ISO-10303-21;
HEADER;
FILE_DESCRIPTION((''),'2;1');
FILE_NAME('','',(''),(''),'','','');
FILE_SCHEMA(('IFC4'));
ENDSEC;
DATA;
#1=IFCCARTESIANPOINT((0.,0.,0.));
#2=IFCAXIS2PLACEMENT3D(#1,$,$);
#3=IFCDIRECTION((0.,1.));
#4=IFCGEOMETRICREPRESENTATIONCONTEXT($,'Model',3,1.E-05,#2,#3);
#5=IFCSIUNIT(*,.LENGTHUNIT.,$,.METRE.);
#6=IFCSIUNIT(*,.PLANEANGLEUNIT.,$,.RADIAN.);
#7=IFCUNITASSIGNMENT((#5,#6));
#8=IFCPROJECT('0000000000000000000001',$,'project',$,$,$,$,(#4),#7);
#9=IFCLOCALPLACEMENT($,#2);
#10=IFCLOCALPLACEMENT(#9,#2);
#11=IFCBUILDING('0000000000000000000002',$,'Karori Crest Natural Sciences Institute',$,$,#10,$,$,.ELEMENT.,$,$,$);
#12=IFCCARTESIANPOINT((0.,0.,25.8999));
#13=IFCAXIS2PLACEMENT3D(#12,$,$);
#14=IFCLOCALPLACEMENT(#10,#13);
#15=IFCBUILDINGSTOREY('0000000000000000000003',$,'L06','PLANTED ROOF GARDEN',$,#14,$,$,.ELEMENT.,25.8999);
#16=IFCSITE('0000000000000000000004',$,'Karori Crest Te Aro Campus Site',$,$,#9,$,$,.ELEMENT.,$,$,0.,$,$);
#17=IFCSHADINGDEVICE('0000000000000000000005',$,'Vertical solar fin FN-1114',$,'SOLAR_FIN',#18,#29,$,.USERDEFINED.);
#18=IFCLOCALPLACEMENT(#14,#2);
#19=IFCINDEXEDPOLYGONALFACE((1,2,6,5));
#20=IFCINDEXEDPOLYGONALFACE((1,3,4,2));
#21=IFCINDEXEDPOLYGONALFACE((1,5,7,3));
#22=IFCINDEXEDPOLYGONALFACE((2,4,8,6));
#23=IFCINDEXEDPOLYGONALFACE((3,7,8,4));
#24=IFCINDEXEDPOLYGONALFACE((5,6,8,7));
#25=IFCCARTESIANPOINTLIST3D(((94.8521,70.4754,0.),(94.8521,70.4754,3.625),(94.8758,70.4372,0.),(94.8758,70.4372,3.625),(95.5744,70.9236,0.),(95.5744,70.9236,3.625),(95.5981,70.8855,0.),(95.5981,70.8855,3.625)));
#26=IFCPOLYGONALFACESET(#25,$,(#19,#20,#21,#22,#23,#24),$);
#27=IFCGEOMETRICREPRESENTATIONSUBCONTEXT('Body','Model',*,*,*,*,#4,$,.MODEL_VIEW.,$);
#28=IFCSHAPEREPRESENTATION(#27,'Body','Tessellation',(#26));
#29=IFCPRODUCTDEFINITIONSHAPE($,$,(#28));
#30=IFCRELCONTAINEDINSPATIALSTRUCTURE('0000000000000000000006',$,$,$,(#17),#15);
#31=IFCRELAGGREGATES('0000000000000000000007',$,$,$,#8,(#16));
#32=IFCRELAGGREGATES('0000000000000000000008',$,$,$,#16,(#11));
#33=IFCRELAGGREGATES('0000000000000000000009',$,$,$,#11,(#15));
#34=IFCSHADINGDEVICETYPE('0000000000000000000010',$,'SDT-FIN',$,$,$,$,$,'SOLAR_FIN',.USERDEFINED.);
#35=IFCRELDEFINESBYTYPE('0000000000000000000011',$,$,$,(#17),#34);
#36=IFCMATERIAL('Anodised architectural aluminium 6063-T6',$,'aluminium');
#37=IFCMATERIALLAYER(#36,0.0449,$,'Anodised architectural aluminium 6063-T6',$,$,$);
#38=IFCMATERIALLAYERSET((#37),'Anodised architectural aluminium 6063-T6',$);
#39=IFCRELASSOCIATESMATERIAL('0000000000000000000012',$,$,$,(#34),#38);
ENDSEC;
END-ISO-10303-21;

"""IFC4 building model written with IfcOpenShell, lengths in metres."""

from ifc_helpers import new_model, si_unit, direction, frame, origin, origin_2d, place, context, subcontext, project, spatial, rectangle, extrude, material, layer, layer_set, type_object, element, save


model = new_model("IFC4")

# Units and contexts
model_context = context("Model", 3, precision=1e-05, world=origin(), true_north=direction((0.0, 1.0)))
body_context = subcontext(model_context, "Body", "Model", "MODEL_VIEW")
ifc_project = project(units=[si_unit("LENGTHUNIT", "METRE"), si_unit("PLANEANGLEUNIT", "RADIAN")], contexts=[model_context])

# Site, building, storey
site_placement = place(None, origin())
site = spatial("IfcSite", under=ifc_project, at=site_placement, Name="Karori Crest Te Aro Campus Site", CompositionType="ELEMENT", RefElevation=0.0)
building_placement = place(site_placement, origin())
building = spatial("IfcBuilding", under=site, at=building_placement, Name="Karori Crest Natural Sciences Institute", CompositionType="ELEMENT")
storey_placement = place(building_placement, frame((0.0, 0.0, 25.8999)))
storey = spatial("IfcBuildingStorey", under=building, at=storey_placement, Name="L06", Description="PLANTED ROOF GARDEN", CompositionType="ELEMENT", Elevation=25.8999)

# Shared definitions
ifc_material_1 = material(Name="Anodised architectural aluminium 6063-T6", Category="aluminium")

# Shading device
ifc_layer_1 = layer(ifc_material_1, 0.0449, Name="Anodised architectural aluminium 6063-T6")
ifc_layer_set_1 = layer_set([ifc_layer_1], Name="Anodised architectural aluminium 6063-T6")
shading_device_type = type_object("IfcShadingDeviceType", Name="SDT-FIN", ElementType="SOLAR_FIN", PredefinedType="USERDEFINED", material=ifc_layer_set_1)
for number, where, z_axis, x_axis, name in (
    (1, (95.2251, 70.6804, 0.0), (0.0, 0.0, 1.0), (0.849662, 0.527328, 0.0), "Vertical solar fin FN-1114"),
):
    element("IfcShadingDevice", number, at=place(storey_placement, frame(where, z_axis=z_axis, x_axis=x_axis)), inside=storey, type_object=shading_device_type, Name=name, ObjectType="SOLAR_FIN", PredefinedType="USERDEFINED", context=body_context, shape_type="SweptSolid", body=[
        extrude(rectangle(XDim=0.8501, YDim=0.0449, at=origin_2d()), origin(), (0.0, 0.0, 1.0), 3.625),
    ])

save(model, "model.ifc")
